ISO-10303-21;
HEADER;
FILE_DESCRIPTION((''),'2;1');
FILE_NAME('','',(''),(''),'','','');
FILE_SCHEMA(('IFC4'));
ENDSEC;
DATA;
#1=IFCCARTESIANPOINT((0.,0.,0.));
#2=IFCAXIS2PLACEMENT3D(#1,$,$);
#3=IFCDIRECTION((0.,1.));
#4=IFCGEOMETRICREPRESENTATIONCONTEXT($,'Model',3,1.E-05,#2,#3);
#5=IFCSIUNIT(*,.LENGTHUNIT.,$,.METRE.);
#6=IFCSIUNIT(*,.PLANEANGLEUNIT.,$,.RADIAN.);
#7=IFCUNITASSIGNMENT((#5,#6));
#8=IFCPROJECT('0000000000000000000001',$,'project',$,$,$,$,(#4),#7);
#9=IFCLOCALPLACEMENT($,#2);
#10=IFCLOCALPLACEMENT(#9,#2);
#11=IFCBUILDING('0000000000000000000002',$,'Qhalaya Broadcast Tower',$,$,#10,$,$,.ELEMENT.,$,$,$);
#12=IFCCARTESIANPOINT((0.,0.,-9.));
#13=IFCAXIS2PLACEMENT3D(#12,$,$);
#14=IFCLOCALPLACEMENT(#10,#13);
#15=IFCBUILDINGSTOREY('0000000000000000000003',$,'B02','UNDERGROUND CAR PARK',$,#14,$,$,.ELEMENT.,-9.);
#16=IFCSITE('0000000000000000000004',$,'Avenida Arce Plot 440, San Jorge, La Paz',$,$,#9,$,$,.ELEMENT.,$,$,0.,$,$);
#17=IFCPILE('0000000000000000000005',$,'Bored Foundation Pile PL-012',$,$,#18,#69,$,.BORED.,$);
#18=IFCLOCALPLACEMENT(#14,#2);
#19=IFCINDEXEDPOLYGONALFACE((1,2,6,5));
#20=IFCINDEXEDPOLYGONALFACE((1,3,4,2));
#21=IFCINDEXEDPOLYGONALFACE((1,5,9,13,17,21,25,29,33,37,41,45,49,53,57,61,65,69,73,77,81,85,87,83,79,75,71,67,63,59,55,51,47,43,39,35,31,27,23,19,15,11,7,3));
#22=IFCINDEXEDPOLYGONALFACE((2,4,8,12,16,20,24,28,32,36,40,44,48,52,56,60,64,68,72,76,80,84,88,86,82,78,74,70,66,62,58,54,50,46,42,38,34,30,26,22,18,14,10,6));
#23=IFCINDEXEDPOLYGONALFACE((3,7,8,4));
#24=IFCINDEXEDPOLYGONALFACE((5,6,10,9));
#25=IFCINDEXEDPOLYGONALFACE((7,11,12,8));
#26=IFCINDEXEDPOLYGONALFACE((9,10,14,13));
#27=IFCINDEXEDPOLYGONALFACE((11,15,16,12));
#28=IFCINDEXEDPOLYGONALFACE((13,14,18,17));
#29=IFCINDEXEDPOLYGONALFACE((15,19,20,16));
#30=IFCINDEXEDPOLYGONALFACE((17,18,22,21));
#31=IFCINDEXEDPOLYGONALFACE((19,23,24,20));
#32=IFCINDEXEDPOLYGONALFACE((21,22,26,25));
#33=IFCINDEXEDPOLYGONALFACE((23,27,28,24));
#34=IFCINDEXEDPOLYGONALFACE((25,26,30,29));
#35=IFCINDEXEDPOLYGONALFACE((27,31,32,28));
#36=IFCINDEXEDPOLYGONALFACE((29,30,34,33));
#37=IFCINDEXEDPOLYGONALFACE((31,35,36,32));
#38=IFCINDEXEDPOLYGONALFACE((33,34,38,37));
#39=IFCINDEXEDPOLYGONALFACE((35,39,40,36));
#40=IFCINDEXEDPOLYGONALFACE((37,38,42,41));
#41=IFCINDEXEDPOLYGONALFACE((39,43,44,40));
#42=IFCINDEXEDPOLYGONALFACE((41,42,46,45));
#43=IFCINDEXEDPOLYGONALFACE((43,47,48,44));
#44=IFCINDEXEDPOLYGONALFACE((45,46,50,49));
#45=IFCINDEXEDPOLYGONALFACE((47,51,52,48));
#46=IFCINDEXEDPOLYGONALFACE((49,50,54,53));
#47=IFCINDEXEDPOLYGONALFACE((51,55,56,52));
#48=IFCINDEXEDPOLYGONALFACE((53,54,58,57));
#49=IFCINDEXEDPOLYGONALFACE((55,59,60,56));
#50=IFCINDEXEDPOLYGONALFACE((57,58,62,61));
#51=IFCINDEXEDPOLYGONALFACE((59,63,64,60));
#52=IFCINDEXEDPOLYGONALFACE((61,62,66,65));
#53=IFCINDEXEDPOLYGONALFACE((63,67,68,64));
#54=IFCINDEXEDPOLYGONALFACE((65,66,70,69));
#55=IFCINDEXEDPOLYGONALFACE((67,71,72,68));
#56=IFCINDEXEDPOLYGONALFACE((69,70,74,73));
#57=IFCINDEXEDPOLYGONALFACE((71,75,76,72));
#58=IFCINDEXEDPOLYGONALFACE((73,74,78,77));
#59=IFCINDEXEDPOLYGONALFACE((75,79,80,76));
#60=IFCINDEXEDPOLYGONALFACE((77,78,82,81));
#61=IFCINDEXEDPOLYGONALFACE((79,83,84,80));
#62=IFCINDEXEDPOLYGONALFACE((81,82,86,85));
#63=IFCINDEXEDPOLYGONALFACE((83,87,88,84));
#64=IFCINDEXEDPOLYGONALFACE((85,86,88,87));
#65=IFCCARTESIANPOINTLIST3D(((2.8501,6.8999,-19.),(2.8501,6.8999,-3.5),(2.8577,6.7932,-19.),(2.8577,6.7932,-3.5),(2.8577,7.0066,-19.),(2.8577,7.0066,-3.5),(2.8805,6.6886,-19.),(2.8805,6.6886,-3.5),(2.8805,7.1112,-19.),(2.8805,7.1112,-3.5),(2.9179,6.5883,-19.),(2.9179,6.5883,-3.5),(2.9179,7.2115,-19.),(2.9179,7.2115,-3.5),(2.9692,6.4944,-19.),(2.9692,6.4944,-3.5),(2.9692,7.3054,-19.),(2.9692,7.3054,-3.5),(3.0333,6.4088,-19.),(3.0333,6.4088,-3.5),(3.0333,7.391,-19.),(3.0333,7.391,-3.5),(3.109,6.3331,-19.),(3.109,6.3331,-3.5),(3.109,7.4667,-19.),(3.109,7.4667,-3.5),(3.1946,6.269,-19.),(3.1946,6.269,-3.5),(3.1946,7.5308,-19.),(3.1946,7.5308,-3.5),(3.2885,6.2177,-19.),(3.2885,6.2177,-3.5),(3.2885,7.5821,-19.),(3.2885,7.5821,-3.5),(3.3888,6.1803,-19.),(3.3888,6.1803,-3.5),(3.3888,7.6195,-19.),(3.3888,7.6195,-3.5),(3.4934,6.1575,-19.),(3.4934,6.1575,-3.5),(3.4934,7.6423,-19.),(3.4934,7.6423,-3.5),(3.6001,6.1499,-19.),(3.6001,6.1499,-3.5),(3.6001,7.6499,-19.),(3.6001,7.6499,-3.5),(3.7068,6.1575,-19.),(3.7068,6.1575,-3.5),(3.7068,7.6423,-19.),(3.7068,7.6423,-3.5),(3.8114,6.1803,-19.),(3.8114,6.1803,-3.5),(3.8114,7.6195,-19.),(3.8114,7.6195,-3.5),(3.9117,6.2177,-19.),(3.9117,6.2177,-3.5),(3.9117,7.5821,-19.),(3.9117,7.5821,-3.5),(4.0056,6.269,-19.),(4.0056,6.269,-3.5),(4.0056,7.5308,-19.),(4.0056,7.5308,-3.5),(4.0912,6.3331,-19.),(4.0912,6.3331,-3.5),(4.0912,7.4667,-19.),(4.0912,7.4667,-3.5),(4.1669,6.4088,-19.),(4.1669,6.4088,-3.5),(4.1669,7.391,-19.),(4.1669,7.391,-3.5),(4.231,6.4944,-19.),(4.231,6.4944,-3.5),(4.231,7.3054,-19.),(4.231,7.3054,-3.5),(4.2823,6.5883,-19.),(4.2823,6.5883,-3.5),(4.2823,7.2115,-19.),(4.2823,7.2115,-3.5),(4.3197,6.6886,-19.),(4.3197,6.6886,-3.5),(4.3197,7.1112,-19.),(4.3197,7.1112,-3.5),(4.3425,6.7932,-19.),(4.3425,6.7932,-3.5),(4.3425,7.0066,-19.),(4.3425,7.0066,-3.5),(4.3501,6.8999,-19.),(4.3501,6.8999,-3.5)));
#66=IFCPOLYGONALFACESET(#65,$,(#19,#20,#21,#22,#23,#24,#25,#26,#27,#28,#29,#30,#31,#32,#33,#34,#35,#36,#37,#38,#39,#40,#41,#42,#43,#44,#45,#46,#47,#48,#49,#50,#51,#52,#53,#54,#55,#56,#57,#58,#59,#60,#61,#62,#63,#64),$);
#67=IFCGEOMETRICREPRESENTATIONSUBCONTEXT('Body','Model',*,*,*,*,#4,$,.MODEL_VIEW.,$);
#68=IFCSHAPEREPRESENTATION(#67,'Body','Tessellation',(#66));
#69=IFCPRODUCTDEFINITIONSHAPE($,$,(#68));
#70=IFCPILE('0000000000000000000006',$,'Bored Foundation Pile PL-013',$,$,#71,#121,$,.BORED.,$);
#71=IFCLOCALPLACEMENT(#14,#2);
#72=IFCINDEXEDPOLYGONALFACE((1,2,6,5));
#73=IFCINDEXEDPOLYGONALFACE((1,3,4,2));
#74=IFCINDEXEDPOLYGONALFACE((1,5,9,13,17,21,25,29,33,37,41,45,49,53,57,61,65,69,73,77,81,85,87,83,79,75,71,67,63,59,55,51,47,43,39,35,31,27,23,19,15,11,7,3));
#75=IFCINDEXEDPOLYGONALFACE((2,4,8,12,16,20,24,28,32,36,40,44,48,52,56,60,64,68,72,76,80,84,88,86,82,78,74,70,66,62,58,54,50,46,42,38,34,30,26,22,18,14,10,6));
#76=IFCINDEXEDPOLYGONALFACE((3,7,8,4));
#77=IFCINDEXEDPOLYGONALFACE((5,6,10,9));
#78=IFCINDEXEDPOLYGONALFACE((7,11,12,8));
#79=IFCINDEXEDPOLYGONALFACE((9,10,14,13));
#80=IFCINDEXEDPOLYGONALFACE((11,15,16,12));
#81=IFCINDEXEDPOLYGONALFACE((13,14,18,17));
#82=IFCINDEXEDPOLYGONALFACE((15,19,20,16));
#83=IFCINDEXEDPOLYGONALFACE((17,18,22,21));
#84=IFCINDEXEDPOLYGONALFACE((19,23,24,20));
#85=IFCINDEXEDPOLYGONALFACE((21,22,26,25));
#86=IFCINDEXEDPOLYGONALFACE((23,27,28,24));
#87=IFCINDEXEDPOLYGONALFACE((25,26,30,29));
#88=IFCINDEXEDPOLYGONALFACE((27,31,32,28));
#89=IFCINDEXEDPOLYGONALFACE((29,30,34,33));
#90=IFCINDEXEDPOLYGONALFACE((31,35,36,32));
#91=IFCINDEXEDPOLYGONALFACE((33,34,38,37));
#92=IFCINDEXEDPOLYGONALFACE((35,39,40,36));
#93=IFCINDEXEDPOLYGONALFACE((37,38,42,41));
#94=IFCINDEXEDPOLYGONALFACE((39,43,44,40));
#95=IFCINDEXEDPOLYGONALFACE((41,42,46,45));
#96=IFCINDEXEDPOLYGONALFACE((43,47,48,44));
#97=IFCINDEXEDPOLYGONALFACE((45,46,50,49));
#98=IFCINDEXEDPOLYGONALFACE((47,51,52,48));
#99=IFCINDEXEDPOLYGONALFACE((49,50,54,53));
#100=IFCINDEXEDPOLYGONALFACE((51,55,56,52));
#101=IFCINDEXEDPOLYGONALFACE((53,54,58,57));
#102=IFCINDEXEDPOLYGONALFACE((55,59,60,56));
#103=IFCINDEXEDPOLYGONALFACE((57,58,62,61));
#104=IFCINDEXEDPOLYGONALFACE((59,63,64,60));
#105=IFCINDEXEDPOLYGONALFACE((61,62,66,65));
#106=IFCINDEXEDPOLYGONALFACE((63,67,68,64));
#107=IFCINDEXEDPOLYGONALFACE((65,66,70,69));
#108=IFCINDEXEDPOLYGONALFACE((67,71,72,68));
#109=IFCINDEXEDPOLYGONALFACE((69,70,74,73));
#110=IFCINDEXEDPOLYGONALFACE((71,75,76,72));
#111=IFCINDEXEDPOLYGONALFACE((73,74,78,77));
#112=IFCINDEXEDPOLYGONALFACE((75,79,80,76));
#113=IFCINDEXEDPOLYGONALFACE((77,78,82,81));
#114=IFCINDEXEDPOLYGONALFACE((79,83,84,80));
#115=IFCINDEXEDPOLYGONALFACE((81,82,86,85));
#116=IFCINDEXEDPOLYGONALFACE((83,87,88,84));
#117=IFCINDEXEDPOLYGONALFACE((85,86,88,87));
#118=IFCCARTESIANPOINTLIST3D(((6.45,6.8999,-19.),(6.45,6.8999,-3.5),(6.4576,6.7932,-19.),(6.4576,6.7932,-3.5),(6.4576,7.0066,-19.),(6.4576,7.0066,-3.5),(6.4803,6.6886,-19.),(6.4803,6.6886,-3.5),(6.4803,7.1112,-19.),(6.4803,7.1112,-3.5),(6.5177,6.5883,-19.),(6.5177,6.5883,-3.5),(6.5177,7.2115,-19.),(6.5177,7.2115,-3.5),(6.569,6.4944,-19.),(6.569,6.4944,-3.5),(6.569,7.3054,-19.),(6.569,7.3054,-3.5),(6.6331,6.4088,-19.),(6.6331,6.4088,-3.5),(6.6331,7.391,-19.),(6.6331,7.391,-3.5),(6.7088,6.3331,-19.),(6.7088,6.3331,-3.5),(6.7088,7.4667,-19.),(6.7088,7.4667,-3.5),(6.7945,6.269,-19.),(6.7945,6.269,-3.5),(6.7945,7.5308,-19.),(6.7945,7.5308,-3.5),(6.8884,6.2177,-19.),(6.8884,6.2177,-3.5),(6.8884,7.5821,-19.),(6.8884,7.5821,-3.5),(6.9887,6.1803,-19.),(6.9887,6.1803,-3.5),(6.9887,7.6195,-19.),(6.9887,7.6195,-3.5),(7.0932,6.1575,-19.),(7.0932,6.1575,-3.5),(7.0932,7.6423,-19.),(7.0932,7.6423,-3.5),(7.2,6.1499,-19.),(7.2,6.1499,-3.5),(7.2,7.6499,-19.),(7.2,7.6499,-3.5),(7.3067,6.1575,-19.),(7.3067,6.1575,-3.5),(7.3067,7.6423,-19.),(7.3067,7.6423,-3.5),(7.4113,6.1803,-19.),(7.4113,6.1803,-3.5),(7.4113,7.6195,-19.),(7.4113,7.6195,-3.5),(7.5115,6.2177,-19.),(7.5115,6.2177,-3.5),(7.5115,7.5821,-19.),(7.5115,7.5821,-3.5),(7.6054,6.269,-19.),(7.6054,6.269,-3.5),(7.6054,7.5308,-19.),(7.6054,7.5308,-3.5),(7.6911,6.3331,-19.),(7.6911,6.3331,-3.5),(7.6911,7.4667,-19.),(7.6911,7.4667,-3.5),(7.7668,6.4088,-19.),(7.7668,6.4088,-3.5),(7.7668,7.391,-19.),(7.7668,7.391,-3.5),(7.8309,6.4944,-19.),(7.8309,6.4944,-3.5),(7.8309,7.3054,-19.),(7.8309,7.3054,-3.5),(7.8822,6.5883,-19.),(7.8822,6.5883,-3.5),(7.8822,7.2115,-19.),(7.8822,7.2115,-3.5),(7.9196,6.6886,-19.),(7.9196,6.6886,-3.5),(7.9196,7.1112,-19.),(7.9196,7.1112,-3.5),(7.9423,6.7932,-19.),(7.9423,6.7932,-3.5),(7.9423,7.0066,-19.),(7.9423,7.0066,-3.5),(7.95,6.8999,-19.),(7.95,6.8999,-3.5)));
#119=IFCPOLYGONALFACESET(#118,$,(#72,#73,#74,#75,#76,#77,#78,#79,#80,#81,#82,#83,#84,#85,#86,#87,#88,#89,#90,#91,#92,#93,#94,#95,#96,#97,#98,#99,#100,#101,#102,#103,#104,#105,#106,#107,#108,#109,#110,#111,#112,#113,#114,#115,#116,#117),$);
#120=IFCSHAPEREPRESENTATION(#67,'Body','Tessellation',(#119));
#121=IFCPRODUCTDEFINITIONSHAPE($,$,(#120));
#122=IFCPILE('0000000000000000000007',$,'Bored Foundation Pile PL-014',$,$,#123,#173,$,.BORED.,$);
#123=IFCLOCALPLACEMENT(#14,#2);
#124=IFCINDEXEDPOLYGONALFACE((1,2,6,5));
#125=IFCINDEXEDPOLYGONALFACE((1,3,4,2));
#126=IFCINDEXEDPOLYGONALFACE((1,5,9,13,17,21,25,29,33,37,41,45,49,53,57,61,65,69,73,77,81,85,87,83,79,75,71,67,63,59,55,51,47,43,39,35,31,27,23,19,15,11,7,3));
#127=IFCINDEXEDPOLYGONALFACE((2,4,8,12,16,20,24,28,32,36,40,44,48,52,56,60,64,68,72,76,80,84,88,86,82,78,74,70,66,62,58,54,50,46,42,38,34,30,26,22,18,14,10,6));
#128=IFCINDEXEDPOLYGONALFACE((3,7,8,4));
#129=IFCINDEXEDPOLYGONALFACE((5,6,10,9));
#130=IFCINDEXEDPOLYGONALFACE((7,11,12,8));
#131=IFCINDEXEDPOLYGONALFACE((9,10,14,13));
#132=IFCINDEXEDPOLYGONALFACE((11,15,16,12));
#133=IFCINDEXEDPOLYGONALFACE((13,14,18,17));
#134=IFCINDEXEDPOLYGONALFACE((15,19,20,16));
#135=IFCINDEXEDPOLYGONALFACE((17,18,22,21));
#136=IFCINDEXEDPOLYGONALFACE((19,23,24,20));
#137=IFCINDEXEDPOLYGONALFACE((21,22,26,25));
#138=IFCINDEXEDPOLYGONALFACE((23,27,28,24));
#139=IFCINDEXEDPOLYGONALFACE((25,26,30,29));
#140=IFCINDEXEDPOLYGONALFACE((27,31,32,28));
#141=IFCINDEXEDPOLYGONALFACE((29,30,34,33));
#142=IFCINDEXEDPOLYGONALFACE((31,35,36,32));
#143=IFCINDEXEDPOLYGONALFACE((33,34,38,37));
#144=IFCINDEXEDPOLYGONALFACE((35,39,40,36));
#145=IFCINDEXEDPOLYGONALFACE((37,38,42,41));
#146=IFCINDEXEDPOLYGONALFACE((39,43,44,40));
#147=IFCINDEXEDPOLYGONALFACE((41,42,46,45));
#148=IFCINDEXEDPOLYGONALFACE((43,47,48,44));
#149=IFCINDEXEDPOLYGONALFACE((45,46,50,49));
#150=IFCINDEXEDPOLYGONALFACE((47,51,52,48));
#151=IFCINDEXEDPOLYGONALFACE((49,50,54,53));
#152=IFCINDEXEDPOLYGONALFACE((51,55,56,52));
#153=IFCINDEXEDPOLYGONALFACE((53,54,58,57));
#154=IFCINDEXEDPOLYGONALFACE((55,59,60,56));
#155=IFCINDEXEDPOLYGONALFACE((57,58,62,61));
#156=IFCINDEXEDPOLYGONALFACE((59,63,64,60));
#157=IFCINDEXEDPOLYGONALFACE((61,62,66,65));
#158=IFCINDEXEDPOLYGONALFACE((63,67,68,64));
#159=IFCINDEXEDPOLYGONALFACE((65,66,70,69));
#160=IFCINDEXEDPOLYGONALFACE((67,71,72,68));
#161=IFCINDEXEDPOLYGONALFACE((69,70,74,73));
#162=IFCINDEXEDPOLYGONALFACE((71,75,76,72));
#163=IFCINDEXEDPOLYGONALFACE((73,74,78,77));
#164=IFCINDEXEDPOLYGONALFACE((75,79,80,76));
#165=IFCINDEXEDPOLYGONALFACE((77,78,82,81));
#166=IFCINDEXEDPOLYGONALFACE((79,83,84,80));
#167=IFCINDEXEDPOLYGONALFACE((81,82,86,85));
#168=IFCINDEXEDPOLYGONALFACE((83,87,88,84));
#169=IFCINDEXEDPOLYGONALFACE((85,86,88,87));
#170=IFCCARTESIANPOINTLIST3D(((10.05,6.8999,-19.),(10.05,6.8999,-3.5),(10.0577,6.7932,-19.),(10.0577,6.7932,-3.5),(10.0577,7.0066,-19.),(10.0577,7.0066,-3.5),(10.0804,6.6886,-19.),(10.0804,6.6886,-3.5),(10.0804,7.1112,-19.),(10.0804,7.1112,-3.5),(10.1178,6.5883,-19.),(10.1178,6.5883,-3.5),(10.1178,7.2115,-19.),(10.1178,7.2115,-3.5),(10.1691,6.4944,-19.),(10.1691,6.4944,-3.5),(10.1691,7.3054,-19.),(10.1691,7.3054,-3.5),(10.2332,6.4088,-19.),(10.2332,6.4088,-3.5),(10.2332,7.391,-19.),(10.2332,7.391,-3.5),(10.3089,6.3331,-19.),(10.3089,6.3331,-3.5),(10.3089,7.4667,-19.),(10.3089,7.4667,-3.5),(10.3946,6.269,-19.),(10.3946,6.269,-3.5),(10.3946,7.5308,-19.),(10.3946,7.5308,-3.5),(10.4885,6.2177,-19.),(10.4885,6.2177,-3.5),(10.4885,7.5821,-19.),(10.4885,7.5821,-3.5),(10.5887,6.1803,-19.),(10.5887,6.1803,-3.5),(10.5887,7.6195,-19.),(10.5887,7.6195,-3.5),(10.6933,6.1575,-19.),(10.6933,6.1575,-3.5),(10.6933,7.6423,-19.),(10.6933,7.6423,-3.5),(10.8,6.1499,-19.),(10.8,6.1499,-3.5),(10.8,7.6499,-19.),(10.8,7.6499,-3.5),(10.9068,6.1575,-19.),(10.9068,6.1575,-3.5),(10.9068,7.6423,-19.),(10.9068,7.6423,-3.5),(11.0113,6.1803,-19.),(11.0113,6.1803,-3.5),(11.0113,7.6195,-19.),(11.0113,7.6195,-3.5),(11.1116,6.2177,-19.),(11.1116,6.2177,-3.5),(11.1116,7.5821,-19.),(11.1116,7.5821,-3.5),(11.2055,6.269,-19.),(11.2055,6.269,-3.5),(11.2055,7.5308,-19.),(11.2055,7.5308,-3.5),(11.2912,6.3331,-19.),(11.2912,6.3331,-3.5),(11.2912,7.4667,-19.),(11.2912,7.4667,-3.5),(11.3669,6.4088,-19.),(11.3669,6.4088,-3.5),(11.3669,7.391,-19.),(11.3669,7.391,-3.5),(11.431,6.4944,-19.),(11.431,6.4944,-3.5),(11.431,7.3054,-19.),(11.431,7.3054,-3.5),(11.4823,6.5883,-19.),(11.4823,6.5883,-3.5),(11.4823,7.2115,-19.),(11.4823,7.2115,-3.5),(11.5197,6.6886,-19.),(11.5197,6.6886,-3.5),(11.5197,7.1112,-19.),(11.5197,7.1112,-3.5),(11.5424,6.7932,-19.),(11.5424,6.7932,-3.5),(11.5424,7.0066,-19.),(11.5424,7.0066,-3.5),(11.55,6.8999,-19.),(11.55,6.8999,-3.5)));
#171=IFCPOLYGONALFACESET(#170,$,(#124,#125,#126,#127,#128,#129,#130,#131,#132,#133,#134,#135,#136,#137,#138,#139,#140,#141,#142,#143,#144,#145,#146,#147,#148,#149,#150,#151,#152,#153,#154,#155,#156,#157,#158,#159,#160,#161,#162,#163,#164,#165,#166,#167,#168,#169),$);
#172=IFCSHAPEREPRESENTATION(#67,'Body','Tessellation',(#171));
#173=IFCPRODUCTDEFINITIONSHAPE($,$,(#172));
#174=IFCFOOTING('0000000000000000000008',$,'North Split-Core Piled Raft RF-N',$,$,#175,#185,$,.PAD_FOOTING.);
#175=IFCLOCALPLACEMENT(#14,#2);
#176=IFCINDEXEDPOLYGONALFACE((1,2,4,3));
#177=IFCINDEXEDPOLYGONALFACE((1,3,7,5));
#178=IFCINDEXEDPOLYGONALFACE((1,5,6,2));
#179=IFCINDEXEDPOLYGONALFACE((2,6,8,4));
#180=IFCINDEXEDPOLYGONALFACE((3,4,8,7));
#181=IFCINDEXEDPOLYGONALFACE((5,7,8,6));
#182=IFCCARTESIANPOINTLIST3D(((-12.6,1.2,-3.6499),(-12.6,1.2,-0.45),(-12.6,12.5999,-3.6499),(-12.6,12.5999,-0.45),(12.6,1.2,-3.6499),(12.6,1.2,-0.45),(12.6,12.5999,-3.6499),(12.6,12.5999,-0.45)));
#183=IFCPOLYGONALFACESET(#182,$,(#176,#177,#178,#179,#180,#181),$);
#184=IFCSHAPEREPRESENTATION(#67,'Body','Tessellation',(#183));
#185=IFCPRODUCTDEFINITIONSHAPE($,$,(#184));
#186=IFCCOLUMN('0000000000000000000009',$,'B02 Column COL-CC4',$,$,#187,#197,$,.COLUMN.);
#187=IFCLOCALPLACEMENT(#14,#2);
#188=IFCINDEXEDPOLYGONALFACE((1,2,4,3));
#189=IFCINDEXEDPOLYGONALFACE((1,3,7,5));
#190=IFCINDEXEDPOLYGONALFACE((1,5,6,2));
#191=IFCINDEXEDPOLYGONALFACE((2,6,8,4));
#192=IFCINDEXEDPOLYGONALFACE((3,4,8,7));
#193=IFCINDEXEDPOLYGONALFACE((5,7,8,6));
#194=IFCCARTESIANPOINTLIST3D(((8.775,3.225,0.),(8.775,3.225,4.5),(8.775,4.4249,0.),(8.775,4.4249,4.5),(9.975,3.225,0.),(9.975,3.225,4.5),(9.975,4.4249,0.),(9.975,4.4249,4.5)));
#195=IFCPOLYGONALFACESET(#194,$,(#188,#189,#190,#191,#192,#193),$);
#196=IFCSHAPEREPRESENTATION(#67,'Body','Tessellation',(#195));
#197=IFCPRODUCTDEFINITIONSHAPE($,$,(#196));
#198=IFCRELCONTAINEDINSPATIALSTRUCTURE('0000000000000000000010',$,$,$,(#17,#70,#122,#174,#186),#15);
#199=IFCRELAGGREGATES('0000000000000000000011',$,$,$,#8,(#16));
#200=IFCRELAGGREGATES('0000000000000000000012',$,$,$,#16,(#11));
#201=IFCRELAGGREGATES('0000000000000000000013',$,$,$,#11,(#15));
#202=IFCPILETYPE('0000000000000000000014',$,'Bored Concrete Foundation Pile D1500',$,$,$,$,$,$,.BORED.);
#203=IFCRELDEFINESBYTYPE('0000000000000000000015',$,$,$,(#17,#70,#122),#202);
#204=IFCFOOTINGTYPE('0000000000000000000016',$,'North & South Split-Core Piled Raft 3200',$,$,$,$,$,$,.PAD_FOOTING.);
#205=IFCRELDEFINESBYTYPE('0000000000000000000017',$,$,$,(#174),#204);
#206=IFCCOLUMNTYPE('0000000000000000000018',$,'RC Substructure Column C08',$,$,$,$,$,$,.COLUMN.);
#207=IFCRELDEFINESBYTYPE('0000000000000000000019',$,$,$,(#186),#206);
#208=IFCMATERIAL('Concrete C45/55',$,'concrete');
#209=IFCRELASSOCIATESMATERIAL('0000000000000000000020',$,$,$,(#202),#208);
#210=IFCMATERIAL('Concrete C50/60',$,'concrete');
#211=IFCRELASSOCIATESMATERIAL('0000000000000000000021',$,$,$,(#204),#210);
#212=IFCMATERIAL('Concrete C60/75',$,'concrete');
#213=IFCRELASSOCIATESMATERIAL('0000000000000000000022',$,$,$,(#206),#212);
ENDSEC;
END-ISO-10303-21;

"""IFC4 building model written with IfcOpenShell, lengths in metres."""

from ifc_helpers import new_model, si_unit, direction, frame, origin, origin_2d, place, context, subcontext, project, spatial, rectangle, circle, extrude, material, material_profile, profile_set, type_object, element, save


model = new_model("IFC4")

# Units and contexts
model_context = context("Model", 3, precision=1e-05, world=origin(), true_north=direction((0.0, 1.0)))
body_context = subcontext(model_context, "Body", "Model", "MODEL_VIEW")
ifc_project = project(units=[si_unit("LENGTHUNIT", "METRE"), si_unit("PLANEANGLEUNIT", "RADIAN")], contexts=[model_context])

# Site, building, storey
site_placement = place(None, origin())
site = spatial("IfcSite", under=ifc_project, at=site_placement, Name="Avenida Arce Plot 440, San Jorge, La Paz", CompositionType="ELEMENT", RefElevation=0.0)
building_placement = place(site_placement, origin())
building = spatial("IfcBuilding", under=site, at=building_placement, Name="Qhalaya Broadcast Tower", CompositionType="ELEMENT")
storey_placement = place(building_placement, frame((0.0, 0.0, -9.0)))
storey = spatial("IfcBuildingStorey", under=building, at=storey_placement, Name="B02", Description="UNDERGROUND CAR PARK", CompositionType="ELEMENT", Elevation=-9.0)

# Piles
ifc_material_1 = material(Name="Concrete C45/55", Category="concrete")
ifc_material_profile_1 = material_profile(ifc_material_1, circle(Radius=0.75, at=origin_2d()), Name="PILE D1500")
ifc_profile_set_1 = profile_set([ifc_material_profile_1], Name="Concrete C45/55")
pile_type = type_object("IfcPileType", Name="Bored Concrete Foundation Pile D1500", PredefinedType="BORED", material=ifc_profile_set_1)
for number, where, z_axis, x_axis, name in (
    (1, (3.6001, 6.8999, -3.5), (0.0, 0.0, -1.0), (1.0, 0.0, 0.0), "Bored Foundation Pile PL-012"),
    (2, (7.2, 6.8999, -3.5), (0.0, 0.0, -1.0), (1.0, 0.0, 0.0), "Bored Foundation Pile PL-013"),
    (3, (10.8, 6.8999, -3.5), (0.0, 0.0, -1.0), (1.0, 0.0, 0.0), "Bored Foundation Pile PL-014"),
):
    element("IfcPile", number, at=place(storey_placement, frame(where, z_axis=z_axis, x_axis=x_axis)), inside=storey, type_object=pile_type, Name=name, PredefinedType="BORED", context=body_context, shape_type="SweptSolid", body=[
        extrude(circle(Radius=0.75, at=origin_2d()), origin(), (0.0, 0.0, 1.0), 15.5),
    ])

# Footing
ifc_material_2 = material(Name="Concrete C50/60", Category="concrete")
footing_type = type_object("IfcFootingType", Name="North & South Split-Core Piled Raft 3200", PredefinedType="PAD_FOOTING", material=ifc_material_2)
footing_placement = place(storey_placement, frame((0.0, 6.8999, -3.6499), z_axis=(0.0, 0.0, 1.0), x_axis=(1.0, 0.0, 0.0)))
element("IfcFooting", 4, at=footing_placement, inside=storey, type_object=footing_type, Name="North Split-Core Piled Raft RF-N", PredefinedType="PAD_FOOTING", context=body_context, shape_type="SweptSolid", body=[
    extrude(rectangle(XDim=25.2, YDim=11.3999, at=origin_2d()), origin(), (0.0, 0.0, 1.0), 3.2),
])

# Column
ifc_material_3 = material(Name="Concrete C60/75", Category="concrete")
ifc_material_profile_2 = material_profile(ifc_material_3, rectangle(XDim=1.2, YDim=1.2, at=origin_2d()), Name="RC-COL 1200x1200")
ifc_profile_set_2 = profile_set([ifc_material_profile_2], Name="Concrete C60/75")
column_type = type_object("IfcColumnType", Name="RC Substructure Column C08", PredefinedType="COLUMN", material=ifc_profile_set_2)
column_placement = place(storey_placement, frame((9.375, 3.825, 0.0), z_axis=(0.0, 0.0, 1.0), x_axis=(1.0, 0.0, 0.0)))
element("IfcColumn", 5, at=column_placement, inside=storey, type_object=column_type, Name="B02 Column COL-CC4", PredefinedType="COLUMN", context=body_context, shape_type="SweptSolid", body=[
    extrude(rectangle(XDim=1.2, YDim=1.2, at=origin_2d()), origin(), (0.0, 0.0, 1.0), 4.5),
])

save(model, "model.ifc")
